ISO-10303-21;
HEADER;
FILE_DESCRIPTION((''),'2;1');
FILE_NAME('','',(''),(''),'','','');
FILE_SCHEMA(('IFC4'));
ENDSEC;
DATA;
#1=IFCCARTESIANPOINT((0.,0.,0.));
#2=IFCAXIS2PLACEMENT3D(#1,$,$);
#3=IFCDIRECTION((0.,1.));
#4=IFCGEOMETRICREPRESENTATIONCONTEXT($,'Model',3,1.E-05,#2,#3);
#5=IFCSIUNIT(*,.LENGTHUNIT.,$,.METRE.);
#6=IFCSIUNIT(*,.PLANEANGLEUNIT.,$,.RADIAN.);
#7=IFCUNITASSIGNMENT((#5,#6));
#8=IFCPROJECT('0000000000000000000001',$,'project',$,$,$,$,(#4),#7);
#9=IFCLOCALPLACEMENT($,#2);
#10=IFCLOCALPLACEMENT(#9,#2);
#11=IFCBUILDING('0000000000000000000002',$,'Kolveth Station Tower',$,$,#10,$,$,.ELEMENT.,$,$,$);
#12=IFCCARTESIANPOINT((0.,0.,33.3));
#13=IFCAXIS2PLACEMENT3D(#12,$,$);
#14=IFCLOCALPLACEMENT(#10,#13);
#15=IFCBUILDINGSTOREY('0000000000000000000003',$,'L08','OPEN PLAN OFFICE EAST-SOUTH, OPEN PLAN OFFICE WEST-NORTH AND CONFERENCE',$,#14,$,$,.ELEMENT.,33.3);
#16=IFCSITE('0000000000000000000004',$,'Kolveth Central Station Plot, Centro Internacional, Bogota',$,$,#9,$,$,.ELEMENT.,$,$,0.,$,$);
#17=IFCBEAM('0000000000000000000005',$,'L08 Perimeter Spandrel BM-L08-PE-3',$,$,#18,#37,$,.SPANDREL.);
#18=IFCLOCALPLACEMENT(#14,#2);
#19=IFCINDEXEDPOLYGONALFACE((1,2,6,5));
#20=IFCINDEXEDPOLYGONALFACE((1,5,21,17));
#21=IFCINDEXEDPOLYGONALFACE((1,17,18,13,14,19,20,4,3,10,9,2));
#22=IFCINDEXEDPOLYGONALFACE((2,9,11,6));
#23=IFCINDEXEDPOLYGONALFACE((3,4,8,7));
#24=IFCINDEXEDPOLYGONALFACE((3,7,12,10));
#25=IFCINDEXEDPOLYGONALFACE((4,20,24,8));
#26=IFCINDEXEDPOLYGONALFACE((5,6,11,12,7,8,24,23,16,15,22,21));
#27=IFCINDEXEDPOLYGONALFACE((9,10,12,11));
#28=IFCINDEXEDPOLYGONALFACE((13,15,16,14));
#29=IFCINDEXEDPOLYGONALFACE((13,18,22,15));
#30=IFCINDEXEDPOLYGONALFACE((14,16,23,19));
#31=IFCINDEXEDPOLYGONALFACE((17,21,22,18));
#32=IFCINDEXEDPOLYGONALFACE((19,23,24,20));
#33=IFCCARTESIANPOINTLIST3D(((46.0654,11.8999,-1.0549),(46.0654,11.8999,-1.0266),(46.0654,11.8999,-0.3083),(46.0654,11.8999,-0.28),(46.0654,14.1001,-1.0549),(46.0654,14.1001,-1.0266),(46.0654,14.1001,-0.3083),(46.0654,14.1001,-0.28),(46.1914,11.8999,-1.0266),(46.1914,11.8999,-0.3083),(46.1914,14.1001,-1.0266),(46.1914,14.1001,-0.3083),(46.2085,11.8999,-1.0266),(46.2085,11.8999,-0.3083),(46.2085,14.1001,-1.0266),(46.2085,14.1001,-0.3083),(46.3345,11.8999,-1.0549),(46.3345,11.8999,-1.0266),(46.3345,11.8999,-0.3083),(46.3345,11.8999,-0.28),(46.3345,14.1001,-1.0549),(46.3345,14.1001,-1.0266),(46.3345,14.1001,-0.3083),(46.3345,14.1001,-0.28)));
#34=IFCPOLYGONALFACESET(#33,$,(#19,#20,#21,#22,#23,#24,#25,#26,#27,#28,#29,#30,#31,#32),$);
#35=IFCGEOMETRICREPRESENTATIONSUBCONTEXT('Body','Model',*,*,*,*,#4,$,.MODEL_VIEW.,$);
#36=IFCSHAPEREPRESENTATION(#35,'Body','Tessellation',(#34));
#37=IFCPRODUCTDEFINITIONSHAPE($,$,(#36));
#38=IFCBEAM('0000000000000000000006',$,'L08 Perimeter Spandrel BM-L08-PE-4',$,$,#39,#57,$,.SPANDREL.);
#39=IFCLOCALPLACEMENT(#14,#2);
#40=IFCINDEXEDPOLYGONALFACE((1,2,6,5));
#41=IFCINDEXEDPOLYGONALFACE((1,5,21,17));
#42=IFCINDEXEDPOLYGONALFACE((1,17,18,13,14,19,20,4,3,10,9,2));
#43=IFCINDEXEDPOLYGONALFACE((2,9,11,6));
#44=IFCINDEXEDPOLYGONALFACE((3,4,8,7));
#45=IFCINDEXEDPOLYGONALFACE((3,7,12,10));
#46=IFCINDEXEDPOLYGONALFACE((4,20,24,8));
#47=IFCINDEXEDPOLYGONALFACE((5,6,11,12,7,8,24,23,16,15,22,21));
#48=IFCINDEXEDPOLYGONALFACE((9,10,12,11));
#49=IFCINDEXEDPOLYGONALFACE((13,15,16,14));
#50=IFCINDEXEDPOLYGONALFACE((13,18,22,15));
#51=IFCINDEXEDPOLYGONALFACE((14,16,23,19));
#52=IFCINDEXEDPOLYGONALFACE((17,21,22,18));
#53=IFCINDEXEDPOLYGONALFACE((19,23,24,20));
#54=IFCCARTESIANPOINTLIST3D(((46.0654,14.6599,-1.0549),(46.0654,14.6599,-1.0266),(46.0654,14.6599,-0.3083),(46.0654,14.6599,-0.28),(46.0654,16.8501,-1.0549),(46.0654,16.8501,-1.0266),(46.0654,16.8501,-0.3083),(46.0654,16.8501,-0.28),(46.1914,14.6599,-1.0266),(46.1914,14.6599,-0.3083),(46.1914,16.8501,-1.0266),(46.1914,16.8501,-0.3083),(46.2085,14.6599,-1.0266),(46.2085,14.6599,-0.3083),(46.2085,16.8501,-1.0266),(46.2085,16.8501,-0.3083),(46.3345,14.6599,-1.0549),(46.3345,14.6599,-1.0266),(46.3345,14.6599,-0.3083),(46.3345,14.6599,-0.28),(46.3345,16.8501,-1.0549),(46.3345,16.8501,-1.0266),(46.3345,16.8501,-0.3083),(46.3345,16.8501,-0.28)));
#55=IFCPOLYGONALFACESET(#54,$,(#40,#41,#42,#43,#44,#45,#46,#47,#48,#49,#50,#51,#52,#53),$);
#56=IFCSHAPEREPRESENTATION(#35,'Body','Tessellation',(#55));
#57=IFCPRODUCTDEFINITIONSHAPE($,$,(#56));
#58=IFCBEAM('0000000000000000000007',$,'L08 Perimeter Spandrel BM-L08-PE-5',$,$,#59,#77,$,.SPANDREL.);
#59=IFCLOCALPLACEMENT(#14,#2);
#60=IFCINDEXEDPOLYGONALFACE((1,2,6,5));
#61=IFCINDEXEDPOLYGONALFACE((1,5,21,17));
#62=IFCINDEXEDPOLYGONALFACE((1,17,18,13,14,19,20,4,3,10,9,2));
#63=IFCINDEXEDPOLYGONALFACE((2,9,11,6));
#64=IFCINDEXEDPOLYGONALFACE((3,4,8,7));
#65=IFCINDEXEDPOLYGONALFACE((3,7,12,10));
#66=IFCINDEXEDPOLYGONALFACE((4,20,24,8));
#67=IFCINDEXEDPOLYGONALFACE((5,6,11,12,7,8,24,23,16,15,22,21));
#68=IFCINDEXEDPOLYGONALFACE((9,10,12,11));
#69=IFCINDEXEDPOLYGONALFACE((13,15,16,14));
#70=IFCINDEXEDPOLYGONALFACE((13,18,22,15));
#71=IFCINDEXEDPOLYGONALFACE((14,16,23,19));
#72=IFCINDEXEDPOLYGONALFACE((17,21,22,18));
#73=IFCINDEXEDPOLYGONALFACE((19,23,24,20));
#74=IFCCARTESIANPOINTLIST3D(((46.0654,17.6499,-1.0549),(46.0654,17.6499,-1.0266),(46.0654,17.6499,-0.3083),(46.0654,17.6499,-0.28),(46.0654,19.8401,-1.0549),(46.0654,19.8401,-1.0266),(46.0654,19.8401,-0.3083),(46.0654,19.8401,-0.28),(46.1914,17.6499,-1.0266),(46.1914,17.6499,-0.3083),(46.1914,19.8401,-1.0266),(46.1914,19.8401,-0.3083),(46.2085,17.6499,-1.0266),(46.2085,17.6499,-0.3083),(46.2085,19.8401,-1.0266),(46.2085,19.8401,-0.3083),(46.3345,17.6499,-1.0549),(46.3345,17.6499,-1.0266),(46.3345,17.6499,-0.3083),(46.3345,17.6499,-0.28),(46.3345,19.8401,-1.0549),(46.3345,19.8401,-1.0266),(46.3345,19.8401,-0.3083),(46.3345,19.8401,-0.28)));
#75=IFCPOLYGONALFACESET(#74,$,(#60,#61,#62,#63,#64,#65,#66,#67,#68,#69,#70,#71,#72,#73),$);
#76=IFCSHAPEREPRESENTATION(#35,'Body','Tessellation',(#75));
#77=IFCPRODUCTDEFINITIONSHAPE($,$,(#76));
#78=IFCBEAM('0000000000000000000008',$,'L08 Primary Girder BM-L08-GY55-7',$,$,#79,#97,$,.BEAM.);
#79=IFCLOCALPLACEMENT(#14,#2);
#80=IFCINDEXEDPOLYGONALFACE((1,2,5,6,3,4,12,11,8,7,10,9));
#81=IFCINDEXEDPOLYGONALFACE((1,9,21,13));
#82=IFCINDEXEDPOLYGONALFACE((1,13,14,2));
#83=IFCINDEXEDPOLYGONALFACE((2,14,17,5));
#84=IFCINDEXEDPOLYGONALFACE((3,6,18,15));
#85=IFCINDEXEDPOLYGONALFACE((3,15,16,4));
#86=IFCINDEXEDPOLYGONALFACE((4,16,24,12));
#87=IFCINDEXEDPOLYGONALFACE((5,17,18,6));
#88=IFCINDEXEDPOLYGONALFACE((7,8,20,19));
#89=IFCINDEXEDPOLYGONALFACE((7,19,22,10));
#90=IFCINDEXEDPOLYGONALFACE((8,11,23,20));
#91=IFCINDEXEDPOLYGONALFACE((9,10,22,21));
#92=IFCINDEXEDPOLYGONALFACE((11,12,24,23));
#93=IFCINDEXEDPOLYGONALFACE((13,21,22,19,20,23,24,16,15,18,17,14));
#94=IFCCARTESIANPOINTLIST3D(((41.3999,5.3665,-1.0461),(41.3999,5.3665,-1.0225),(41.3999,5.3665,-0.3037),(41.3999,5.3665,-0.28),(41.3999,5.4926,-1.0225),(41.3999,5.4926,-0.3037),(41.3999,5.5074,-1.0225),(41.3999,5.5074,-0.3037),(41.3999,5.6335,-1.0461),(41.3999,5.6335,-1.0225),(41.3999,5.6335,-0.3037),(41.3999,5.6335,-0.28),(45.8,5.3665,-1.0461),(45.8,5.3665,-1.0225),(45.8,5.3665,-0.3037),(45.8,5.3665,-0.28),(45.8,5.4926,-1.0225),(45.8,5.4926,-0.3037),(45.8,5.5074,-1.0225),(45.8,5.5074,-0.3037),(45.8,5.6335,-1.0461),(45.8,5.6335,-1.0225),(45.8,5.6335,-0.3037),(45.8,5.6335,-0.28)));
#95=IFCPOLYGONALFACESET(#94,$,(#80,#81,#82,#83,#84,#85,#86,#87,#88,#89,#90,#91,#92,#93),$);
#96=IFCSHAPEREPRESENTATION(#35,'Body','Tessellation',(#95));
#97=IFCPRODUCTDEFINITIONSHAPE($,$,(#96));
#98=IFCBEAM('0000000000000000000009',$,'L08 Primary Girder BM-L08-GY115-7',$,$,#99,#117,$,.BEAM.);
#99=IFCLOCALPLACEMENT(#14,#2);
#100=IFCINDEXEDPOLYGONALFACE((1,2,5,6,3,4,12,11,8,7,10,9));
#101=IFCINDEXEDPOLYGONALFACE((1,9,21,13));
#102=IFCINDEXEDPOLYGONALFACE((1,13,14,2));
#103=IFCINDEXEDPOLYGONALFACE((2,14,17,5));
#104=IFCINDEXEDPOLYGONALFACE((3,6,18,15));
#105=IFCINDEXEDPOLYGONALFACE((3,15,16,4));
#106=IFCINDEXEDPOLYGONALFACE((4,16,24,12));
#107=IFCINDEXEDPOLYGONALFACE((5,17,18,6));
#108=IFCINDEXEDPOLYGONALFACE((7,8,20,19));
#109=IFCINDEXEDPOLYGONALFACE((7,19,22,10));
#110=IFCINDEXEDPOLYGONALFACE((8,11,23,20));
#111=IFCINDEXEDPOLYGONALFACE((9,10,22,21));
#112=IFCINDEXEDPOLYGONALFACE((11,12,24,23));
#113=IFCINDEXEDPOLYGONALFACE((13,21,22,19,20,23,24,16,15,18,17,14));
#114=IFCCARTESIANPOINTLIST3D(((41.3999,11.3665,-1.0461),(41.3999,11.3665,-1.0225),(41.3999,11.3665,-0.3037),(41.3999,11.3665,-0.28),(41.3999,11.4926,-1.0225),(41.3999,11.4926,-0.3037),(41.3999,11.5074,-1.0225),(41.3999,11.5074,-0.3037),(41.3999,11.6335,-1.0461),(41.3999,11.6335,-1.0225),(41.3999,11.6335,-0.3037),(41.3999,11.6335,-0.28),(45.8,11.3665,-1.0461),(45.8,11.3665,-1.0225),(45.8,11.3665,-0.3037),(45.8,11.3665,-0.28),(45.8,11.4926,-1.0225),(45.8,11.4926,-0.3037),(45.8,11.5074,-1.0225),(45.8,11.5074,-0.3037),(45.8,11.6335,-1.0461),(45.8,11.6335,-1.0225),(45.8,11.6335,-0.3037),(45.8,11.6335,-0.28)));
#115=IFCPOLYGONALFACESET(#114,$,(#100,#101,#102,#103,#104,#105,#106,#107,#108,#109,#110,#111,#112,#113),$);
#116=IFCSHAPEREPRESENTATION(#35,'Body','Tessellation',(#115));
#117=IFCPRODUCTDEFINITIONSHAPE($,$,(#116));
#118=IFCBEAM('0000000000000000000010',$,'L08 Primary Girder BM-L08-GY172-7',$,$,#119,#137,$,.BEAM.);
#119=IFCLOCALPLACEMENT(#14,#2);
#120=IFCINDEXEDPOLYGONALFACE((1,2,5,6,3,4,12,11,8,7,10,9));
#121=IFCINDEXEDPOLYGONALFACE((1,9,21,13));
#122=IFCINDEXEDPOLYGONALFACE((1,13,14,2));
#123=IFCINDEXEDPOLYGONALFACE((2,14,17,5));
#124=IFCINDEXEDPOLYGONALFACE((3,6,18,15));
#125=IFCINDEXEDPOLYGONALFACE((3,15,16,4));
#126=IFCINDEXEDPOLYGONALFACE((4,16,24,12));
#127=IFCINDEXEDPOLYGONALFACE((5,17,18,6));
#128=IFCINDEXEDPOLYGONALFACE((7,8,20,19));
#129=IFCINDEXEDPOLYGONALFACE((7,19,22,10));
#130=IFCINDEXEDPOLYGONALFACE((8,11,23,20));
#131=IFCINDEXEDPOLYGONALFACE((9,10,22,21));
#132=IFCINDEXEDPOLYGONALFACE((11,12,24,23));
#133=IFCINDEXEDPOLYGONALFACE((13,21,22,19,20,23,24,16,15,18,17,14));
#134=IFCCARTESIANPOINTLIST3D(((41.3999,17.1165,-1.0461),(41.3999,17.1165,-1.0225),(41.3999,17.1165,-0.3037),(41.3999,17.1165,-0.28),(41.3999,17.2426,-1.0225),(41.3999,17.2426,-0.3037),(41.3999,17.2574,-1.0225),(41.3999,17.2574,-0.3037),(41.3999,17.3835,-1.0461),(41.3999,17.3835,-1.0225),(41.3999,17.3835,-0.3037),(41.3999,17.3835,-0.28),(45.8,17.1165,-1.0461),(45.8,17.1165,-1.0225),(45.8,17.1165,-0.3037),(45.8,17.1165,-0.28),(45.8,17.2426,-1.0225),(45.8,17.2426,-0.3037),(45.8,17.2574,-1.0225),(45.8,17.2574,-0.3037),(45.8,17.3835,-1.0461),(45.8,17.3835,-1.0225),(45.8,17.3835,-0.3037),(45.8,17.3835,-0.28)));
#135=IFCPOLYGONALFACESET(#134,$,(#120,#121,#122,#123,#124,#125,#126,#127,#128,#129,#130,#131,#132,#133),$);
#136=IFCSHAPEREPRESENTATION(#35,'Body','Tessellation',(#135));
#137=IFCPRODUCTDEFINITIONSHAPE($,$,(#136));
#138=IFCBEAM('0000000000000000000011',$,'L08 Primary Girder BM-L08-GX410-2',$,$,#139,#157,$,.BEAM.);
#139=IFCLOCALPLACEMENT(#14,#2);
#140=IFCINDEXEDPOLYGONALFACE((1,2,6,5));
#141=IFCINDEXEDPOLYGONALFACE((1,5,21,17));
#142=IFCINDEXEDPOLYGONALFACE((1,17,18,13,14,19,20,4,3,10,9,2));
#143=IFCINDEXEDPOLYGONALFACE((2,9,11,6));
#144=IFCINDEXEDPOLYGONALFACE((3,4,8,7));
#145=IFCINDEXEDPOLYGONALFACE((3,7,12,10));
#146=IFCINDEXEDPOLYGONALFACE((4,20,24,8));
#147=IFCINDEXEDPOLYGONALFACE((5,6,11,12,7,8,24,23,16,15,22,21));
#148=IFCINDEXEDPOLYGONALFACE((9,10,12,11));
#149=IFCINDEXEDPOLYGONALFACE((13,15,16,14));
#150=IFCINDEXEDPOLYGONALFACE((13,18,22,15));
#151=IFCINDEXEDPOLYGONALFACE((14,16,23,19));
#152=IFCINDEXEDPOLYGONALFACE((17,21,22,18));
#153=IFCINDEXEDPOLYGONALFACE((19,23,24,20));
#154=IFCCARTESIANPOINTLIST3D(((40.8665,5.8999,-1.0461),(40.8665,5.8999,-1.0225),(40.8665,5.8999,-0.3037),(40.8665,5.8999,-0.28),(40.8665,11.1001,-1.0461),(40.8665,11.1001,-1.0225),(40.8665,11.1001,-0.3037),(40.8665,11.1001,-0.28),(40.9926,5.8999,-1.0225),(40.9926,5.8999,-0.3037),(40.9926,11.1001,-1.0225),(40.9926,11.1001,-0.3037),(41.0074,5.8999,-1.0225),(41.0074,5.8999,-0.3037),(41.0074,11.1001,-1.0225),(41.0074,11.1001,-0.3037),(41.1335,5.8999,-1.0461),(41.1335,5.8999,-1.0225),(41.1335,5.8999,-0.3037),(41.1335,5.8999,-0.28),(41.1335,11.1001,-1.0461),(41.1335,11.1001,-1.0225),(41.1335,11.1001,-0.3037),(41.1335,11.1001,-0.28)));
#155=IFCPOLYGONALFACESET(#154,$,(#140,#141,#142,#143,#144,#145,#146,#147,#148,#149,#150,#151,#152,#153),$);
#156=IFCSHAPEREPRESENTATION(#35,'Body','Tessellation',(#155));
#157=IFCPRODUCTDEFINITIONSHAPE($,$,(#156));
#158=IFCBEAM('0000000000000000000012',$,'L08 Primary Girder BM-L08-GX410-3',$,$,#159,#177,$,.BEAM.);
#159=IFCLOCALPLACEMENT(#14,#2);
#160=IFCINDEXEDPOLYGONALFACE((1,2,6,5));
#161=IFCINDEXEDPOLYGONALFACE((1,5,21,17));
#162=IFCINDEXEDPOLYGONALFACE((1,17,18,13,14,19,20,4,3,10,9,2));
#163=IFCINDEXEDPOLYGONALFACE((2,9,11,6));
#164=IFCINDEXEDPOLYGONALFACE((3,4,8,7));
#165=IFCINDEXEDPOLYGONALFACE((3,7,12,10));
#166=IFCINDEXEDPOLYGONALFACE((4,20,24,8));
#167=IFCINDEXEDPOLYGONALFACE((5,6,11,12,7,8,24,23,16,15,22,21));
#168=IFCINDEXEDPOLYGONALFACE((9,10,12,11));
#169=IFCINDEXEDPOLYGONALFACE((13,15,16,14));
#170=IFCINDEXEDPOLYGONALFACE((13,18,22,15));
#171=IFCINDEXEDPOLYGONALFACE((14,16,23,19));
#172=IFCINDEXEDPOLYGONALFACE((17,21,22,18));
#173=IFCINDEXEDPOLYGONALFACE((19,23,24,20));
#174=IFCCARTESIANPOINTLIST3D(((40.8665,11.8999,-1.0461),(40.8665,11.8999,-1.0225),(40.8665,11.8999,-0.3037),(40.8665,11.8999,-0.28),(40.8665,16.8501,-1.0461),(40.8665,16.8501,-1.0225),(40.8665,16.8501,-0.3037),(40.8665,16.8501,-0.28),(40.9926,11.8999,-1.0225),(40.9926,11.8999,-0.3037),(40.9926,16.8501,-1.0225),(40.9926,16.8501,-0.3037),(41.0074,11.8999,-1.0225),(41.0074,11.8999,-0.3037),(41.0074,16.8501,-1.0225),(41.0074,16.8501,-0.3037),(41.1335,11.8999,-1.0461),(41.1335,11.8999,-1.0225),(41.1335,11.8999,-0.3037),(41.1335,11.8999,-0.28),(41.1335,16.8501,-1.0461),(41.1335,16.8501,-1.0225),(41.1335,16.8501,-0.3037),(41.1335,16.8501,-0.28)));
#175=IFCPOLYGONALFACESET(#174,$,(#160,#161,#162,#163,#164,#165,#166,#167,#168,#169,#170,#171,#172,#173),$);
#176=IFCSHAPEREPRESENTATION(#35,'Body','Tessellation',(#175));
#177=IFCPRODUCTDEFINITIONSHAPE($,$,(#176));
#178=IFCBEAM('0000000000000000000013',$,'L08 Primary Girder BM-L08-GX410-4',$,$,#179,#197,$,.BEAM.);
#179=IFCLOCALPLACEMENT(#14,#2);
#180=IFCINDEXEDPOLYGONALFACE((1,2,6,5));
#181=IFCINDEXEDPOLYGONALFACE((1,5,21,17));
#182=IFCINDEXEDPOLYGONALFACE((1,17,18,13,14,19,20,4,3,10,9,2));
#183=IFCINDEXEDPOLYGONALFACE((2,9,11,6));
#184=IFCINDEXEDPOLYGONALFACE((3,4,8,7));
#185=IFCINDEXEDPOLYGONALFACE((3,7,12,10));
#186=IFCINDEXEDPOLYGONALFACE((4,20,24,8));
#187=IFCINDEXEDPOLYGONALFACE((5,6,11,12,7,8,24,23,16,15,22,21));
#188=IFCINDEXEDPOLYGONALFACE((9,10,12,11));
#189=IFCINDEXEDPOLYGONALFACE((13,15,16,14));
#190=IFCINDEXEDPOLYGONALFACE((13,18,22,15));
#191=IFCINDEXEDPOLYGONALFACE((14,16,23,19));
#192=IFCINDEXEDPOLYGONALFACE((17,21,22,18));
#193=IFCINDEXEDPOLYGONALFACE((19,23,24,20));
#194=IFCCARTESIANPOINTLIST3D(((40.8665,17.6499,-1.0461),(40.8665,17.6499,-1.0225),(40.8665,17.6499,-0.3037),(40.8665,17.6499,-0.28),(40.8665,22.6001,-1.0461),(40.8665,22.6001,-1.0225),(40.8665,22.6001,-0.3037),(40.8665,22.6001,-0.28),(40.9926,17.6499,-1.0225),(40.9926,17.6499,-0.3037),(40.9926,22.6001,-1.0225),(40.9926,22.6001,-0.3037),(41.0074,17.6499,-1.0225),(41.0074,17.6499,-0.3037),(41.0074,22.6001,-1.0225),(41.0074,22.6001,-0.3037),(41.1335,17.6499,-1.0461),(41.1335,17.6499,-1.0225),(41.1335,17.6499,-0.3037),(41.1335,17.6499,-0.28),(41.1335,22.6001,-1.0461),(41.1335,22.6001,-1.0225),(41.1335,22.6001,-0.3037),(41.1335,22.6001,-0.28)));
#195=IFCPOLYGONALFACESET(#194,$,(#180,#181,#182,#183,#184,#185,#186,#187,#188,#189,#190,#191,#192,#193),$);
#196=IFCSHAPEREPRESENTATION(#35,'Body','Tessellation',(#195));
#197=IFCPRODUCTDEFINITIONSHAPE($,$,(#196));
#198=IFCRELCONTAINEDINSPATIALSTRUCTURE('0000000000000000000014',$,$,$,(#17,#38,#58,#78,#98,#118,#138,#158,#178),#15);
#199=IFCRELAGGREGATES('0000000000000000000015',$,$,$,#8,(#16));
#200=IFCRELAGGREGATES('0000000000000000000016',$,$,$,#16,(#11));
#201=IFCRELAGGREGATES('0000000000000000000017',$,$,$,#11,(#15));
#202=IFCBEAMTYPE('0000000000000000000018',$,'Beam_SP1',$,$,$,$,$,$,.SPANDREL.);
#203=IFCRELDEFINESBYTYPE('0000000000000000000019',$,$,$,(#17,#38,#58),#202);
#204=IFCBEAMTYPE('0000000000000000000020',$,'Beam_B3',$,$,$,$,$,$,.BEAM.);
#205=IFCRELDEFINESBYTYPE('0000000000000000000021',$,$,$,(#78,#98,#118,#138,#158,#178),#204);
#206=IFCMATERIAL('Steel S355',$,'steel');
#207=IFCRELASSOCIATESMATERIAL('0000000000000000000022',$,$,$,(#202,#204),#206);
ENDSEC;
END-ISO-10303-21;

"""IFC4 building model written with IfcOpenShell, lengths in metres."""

from ifc_helpers import new_model, si_unit, direction, frame, origin, origin_2d, place, context, subcontext, project, spatial, i_section, extrude, source, transform, mapped, material, material_profile, profile_set, type_object, element, save


model = new_model("IFC4")

# Units and contexts
model_context = context("Model", 3, precision=1e-05, world=origin(), true_north=direction((0.0, 1.0)))
body_context = subcontext(model_context, "Body", "Model", "MODEL_VIEW")
ifc_project = project(units=[si_unit("LENGTHUNIT", "METRE"), si_unit("PLANEANGLEUNIT", "RADIAN")], contexts=[model_context])

# Site, building, storey
site_placement = place(None, origin())
site = spatial("IfcSite", under=ifc_project, at=site_placement, Name="Kolveth Central Station Plot, Centro Internacional, Bogota", CompositionType="ELEMENT", RefElevation=0.0)
building_placement = place(site_placement, origin())
building = spatial("IfcBuilding", under=site, at=building_placement, Name="Kolveth Station Tower", CompositionType="ELEMENT")
storey_placement = place(building_placement, frame((0.0, 0.0, 33.3)))
storey = spatial("IfcBuildingStorey", under=building, at=storey_placement, Name="L08", Description="OPEN PLAN OFFICE EAST-SOUTH, OPEN PLAN OFFICE WEST-NORTH AND CONFERENCE", CompositionType="ELEMENT", Elevation=33.3)

# Shared definitions
ifc_material_1 = material(Name="Steel S355", Category="steel")

# Beams
ifc_material_profile_1 = material_profile(ifc_material_1, i_section(OverallWidth=0.269, OverallDepth=0.7749, WebThickness=0.0171, FlangeThickness=0.0283, at=origin_2d()), Name="W760x220")
ifc_profile_set_1 = profile_set([ifc_material_profile_1], Name="Steel S355")
beam_type_1 = type_object("IfcBeamType", Name="Beam_SP1", PredefinedType="SPANDREL", material=ifc_profile_set_1)
shared_shape_1 = source(origin(), body_context, "Body", "SweptSolid", [
    extrude(i_section(OverallWidth=0.269, OverallDepth=0.7749, WebThickness=0.0171, FlangeThickness=0.0283, at=origin_2d()), origin(), (0.0, 0.0, 1.0), 2.2002),
])
beam_1_placement = place(storey_placement, frame((46.2, 11.8999, -0.6675), z_axis=(0.0, 1.0, 0.0), x_axis=(-1.0, 0.0, 0.0)))
element("IfcBeam", 1, at=beam_1_placement, inside=storey, type_object=beam_type_1, Name="L08 Perimeter Spandrel BM-L08-PE-3", PredefinedType="SPANDREL", context=body_context, shape_type="MappedRepresentation", body=[
    mapped(shared_shape_1, transform((0.0, 0.0, 0.0), x_axis=(1.0, 0.0, 0.0), y_axis=(0.0, 1.0, 0.0), z_axis=(0.0, 0.0, 1.0), scale=1.0)),
])
shared_shape_2 = source(origin(), body_context, "Body", "SweptSolid", [
    extrude(i_section(OverallWidth=0.269, OverallDepth=0.7749, WebThickness=0.0171, FlangeThickness=0.0283, at=origin_2d()), origin(), (0.0, 0.0, 1.0), 2.1902),
])
for number, where, z_axis, x_axis, name in (
    (2, (46.2, 14.6599, -0.6675), (0.0, 1.0, 0.0), (-1.0, 0.0, 0.0), "L08 Perimeter Spandrel BM-L08-PE-4"),
    (3, (46.2, 17.6499, -0.6675), (0.0, 1.0, 0.0), (-1.0, 0.0, 0.0), "L08 Perimeter Spandrel BM-L08-PE-5"),
):
    element("IfcBeam", number, at=place(storey_placement, frame(where, z_axis=z_axis, x_axis=x_axis)), inside=storey, type_object=beam_type_1, Name=name, PredefinedType="SPANDREL", context=body_context, shape_type="MappedRepresentation", body=[
        mapped(shared_shape_2, transform((0.0, 0.0, 0.0), x_axis=(1.0, 0.0, 0.0), y_axis=(0.0, 1.0, 0.0), z_axis=(0.0, 0.0, 1.0), scale=1.0)),
    ])
ifc_material_profile_2 = material_profile(ifc_material_1, i_section(OverallWidth=0.2671, OverallDepth=0.7661, WebThickness=0.0149, FlangeThickness=0.0237, at=origin_2d()), Name="W760x185")
ifc_profile_set_2 = profile_set([ifc_material_profile_2], Name="Steel S355")
beam_type_2 = type_object("IfcBeamType", Name="Beam_B3", PredefinedType="BEAM", material=ifc_profile_set_2)
shared_shape_3 = source(origin(), body_context, "Body", "SweptSolid", [
    extrude(i_section(OverallWidth=0.2671, OverallDepth=0.7661, WebThickness=0.0149, FlangeThickness=0.0237, at=origin_2d()), origin(), (0.0, 0.0, 1.0), 4.4001),
])
for number, where, z_axis, x_axis, name in (
    (4, (41.3999, 5.5, -0.6631), (1.0, 0.0, 0.0), (0.0, 1.0, 0.0), "L08 Primary Girder BM-L08-GY55-7"),
    (5, (41.3999, 11.5, -0.6631), (1.0, 0.0, 0.0), (0.0, 1.0, 0.0), "L08 Primary Girder BM-L08-GY115-7"),
    (6, (41.3999, 17.25, -0.6631), (1.0, 0.0, 0.0), (0.0, 1.0, 0.0), "L08 Primary Girder BM-L08-GY172-7"),
):
    element("IfcBeam", number, at=place(storey_placement, frame(where, z_axis=z_axis, x_axis=x_axis)), inside=storey, type_object=beam_type_2, Name=name, PredefinedType="BEAM", context=body_context, shape_type="MappedRepresentation", body=[
        mapped(shared_shape_3, transform((0.0, 0.0, 0.0), x_axis=(1.0, 0.0, 0.0), y_axis=(0.0, 1.0, 0.0), z_axis=(0.0, 0.0, 1.0), scale=1.0)),
    ])
shared_shape_4 = source(origin(), body_context, "Body", "SweptSolid", [
    extrude(i_section(OverallWidth=0.2671, OverallDepth=0.7661, WebThickness=0.0149, FlangeThickness=0.0237, at=origin_2d()), origin(), (0.0, 0.0, 1.0), 5.2002),
])
beam_2_placement = place(storey_placement, frame((41.0, 5.8999, -0.6631), z_axis=(0.0, 1.0, 0.0), x_axis=(-1.0, 0.0, 0.0)))
element("IfcBeam", 7, at=beam_2_placement, inside=storey, type_object=beam_type_2, Name="L08 Primary Girder BM-L08-GX410-2", PredefinedType="BEAM", context=body_context, shape_type="MappedRepresentation", body=[
    mapped(shared_shape_4, transform((0.0, 0.0, 0.0), x_axis=(1.0, 0.0, 0.0), y_axis=(0.0, 1.0, 0.0), z_axis=(0.0, 0.0, 1.0), scale=1.0)),
])
shared_shape_5 = source(origin(), body_context, "Body", "SweptSolid", [
    extrude(i_section(OverallWidth=0.2671, OverallDepth=0.7661, WebThickness=0.0149, FlangeThickness=0.0237, at=origin_2d()), origin(), (0.0, 0.0, 1.0), 4.9502),
])
for number, where, z_axis, x_axis, name in (
    (8, (41.0, 11.8999, -0.6631), (0.0, 1.0, 0.0), (-1.0, 0.0, 0.0), "L08 Primary Girder BM-L08-GX410-3"),
    (9, (41.0, 17.6499, -0.6631), (0.0, 1.0, 0.0), (-1.0, 0.0, 0.0), "L08 Primary Girder BM-L08-GX410-4"),
):
    element("IfcBeam", number, at=place(storey_placement, frame(where, z_axis=z_axis, x_axis=x_axis)), inside=storey, type_object=beam_type_2, Name=name, PredefinedType="BEAM", context=body_context, shape_type="MappedRepresentation", body=[
        mapped(shared_shape_5, transform((0.0, 0.0, 0.0), x_axis=(1.0, 0.0, 0.0), y_axis=(0.0, 1.0, 0.0), z_axis=(0.0, 0.0, 1.0), scale=1.0)),
    ])

save(model, "model.ifc")
